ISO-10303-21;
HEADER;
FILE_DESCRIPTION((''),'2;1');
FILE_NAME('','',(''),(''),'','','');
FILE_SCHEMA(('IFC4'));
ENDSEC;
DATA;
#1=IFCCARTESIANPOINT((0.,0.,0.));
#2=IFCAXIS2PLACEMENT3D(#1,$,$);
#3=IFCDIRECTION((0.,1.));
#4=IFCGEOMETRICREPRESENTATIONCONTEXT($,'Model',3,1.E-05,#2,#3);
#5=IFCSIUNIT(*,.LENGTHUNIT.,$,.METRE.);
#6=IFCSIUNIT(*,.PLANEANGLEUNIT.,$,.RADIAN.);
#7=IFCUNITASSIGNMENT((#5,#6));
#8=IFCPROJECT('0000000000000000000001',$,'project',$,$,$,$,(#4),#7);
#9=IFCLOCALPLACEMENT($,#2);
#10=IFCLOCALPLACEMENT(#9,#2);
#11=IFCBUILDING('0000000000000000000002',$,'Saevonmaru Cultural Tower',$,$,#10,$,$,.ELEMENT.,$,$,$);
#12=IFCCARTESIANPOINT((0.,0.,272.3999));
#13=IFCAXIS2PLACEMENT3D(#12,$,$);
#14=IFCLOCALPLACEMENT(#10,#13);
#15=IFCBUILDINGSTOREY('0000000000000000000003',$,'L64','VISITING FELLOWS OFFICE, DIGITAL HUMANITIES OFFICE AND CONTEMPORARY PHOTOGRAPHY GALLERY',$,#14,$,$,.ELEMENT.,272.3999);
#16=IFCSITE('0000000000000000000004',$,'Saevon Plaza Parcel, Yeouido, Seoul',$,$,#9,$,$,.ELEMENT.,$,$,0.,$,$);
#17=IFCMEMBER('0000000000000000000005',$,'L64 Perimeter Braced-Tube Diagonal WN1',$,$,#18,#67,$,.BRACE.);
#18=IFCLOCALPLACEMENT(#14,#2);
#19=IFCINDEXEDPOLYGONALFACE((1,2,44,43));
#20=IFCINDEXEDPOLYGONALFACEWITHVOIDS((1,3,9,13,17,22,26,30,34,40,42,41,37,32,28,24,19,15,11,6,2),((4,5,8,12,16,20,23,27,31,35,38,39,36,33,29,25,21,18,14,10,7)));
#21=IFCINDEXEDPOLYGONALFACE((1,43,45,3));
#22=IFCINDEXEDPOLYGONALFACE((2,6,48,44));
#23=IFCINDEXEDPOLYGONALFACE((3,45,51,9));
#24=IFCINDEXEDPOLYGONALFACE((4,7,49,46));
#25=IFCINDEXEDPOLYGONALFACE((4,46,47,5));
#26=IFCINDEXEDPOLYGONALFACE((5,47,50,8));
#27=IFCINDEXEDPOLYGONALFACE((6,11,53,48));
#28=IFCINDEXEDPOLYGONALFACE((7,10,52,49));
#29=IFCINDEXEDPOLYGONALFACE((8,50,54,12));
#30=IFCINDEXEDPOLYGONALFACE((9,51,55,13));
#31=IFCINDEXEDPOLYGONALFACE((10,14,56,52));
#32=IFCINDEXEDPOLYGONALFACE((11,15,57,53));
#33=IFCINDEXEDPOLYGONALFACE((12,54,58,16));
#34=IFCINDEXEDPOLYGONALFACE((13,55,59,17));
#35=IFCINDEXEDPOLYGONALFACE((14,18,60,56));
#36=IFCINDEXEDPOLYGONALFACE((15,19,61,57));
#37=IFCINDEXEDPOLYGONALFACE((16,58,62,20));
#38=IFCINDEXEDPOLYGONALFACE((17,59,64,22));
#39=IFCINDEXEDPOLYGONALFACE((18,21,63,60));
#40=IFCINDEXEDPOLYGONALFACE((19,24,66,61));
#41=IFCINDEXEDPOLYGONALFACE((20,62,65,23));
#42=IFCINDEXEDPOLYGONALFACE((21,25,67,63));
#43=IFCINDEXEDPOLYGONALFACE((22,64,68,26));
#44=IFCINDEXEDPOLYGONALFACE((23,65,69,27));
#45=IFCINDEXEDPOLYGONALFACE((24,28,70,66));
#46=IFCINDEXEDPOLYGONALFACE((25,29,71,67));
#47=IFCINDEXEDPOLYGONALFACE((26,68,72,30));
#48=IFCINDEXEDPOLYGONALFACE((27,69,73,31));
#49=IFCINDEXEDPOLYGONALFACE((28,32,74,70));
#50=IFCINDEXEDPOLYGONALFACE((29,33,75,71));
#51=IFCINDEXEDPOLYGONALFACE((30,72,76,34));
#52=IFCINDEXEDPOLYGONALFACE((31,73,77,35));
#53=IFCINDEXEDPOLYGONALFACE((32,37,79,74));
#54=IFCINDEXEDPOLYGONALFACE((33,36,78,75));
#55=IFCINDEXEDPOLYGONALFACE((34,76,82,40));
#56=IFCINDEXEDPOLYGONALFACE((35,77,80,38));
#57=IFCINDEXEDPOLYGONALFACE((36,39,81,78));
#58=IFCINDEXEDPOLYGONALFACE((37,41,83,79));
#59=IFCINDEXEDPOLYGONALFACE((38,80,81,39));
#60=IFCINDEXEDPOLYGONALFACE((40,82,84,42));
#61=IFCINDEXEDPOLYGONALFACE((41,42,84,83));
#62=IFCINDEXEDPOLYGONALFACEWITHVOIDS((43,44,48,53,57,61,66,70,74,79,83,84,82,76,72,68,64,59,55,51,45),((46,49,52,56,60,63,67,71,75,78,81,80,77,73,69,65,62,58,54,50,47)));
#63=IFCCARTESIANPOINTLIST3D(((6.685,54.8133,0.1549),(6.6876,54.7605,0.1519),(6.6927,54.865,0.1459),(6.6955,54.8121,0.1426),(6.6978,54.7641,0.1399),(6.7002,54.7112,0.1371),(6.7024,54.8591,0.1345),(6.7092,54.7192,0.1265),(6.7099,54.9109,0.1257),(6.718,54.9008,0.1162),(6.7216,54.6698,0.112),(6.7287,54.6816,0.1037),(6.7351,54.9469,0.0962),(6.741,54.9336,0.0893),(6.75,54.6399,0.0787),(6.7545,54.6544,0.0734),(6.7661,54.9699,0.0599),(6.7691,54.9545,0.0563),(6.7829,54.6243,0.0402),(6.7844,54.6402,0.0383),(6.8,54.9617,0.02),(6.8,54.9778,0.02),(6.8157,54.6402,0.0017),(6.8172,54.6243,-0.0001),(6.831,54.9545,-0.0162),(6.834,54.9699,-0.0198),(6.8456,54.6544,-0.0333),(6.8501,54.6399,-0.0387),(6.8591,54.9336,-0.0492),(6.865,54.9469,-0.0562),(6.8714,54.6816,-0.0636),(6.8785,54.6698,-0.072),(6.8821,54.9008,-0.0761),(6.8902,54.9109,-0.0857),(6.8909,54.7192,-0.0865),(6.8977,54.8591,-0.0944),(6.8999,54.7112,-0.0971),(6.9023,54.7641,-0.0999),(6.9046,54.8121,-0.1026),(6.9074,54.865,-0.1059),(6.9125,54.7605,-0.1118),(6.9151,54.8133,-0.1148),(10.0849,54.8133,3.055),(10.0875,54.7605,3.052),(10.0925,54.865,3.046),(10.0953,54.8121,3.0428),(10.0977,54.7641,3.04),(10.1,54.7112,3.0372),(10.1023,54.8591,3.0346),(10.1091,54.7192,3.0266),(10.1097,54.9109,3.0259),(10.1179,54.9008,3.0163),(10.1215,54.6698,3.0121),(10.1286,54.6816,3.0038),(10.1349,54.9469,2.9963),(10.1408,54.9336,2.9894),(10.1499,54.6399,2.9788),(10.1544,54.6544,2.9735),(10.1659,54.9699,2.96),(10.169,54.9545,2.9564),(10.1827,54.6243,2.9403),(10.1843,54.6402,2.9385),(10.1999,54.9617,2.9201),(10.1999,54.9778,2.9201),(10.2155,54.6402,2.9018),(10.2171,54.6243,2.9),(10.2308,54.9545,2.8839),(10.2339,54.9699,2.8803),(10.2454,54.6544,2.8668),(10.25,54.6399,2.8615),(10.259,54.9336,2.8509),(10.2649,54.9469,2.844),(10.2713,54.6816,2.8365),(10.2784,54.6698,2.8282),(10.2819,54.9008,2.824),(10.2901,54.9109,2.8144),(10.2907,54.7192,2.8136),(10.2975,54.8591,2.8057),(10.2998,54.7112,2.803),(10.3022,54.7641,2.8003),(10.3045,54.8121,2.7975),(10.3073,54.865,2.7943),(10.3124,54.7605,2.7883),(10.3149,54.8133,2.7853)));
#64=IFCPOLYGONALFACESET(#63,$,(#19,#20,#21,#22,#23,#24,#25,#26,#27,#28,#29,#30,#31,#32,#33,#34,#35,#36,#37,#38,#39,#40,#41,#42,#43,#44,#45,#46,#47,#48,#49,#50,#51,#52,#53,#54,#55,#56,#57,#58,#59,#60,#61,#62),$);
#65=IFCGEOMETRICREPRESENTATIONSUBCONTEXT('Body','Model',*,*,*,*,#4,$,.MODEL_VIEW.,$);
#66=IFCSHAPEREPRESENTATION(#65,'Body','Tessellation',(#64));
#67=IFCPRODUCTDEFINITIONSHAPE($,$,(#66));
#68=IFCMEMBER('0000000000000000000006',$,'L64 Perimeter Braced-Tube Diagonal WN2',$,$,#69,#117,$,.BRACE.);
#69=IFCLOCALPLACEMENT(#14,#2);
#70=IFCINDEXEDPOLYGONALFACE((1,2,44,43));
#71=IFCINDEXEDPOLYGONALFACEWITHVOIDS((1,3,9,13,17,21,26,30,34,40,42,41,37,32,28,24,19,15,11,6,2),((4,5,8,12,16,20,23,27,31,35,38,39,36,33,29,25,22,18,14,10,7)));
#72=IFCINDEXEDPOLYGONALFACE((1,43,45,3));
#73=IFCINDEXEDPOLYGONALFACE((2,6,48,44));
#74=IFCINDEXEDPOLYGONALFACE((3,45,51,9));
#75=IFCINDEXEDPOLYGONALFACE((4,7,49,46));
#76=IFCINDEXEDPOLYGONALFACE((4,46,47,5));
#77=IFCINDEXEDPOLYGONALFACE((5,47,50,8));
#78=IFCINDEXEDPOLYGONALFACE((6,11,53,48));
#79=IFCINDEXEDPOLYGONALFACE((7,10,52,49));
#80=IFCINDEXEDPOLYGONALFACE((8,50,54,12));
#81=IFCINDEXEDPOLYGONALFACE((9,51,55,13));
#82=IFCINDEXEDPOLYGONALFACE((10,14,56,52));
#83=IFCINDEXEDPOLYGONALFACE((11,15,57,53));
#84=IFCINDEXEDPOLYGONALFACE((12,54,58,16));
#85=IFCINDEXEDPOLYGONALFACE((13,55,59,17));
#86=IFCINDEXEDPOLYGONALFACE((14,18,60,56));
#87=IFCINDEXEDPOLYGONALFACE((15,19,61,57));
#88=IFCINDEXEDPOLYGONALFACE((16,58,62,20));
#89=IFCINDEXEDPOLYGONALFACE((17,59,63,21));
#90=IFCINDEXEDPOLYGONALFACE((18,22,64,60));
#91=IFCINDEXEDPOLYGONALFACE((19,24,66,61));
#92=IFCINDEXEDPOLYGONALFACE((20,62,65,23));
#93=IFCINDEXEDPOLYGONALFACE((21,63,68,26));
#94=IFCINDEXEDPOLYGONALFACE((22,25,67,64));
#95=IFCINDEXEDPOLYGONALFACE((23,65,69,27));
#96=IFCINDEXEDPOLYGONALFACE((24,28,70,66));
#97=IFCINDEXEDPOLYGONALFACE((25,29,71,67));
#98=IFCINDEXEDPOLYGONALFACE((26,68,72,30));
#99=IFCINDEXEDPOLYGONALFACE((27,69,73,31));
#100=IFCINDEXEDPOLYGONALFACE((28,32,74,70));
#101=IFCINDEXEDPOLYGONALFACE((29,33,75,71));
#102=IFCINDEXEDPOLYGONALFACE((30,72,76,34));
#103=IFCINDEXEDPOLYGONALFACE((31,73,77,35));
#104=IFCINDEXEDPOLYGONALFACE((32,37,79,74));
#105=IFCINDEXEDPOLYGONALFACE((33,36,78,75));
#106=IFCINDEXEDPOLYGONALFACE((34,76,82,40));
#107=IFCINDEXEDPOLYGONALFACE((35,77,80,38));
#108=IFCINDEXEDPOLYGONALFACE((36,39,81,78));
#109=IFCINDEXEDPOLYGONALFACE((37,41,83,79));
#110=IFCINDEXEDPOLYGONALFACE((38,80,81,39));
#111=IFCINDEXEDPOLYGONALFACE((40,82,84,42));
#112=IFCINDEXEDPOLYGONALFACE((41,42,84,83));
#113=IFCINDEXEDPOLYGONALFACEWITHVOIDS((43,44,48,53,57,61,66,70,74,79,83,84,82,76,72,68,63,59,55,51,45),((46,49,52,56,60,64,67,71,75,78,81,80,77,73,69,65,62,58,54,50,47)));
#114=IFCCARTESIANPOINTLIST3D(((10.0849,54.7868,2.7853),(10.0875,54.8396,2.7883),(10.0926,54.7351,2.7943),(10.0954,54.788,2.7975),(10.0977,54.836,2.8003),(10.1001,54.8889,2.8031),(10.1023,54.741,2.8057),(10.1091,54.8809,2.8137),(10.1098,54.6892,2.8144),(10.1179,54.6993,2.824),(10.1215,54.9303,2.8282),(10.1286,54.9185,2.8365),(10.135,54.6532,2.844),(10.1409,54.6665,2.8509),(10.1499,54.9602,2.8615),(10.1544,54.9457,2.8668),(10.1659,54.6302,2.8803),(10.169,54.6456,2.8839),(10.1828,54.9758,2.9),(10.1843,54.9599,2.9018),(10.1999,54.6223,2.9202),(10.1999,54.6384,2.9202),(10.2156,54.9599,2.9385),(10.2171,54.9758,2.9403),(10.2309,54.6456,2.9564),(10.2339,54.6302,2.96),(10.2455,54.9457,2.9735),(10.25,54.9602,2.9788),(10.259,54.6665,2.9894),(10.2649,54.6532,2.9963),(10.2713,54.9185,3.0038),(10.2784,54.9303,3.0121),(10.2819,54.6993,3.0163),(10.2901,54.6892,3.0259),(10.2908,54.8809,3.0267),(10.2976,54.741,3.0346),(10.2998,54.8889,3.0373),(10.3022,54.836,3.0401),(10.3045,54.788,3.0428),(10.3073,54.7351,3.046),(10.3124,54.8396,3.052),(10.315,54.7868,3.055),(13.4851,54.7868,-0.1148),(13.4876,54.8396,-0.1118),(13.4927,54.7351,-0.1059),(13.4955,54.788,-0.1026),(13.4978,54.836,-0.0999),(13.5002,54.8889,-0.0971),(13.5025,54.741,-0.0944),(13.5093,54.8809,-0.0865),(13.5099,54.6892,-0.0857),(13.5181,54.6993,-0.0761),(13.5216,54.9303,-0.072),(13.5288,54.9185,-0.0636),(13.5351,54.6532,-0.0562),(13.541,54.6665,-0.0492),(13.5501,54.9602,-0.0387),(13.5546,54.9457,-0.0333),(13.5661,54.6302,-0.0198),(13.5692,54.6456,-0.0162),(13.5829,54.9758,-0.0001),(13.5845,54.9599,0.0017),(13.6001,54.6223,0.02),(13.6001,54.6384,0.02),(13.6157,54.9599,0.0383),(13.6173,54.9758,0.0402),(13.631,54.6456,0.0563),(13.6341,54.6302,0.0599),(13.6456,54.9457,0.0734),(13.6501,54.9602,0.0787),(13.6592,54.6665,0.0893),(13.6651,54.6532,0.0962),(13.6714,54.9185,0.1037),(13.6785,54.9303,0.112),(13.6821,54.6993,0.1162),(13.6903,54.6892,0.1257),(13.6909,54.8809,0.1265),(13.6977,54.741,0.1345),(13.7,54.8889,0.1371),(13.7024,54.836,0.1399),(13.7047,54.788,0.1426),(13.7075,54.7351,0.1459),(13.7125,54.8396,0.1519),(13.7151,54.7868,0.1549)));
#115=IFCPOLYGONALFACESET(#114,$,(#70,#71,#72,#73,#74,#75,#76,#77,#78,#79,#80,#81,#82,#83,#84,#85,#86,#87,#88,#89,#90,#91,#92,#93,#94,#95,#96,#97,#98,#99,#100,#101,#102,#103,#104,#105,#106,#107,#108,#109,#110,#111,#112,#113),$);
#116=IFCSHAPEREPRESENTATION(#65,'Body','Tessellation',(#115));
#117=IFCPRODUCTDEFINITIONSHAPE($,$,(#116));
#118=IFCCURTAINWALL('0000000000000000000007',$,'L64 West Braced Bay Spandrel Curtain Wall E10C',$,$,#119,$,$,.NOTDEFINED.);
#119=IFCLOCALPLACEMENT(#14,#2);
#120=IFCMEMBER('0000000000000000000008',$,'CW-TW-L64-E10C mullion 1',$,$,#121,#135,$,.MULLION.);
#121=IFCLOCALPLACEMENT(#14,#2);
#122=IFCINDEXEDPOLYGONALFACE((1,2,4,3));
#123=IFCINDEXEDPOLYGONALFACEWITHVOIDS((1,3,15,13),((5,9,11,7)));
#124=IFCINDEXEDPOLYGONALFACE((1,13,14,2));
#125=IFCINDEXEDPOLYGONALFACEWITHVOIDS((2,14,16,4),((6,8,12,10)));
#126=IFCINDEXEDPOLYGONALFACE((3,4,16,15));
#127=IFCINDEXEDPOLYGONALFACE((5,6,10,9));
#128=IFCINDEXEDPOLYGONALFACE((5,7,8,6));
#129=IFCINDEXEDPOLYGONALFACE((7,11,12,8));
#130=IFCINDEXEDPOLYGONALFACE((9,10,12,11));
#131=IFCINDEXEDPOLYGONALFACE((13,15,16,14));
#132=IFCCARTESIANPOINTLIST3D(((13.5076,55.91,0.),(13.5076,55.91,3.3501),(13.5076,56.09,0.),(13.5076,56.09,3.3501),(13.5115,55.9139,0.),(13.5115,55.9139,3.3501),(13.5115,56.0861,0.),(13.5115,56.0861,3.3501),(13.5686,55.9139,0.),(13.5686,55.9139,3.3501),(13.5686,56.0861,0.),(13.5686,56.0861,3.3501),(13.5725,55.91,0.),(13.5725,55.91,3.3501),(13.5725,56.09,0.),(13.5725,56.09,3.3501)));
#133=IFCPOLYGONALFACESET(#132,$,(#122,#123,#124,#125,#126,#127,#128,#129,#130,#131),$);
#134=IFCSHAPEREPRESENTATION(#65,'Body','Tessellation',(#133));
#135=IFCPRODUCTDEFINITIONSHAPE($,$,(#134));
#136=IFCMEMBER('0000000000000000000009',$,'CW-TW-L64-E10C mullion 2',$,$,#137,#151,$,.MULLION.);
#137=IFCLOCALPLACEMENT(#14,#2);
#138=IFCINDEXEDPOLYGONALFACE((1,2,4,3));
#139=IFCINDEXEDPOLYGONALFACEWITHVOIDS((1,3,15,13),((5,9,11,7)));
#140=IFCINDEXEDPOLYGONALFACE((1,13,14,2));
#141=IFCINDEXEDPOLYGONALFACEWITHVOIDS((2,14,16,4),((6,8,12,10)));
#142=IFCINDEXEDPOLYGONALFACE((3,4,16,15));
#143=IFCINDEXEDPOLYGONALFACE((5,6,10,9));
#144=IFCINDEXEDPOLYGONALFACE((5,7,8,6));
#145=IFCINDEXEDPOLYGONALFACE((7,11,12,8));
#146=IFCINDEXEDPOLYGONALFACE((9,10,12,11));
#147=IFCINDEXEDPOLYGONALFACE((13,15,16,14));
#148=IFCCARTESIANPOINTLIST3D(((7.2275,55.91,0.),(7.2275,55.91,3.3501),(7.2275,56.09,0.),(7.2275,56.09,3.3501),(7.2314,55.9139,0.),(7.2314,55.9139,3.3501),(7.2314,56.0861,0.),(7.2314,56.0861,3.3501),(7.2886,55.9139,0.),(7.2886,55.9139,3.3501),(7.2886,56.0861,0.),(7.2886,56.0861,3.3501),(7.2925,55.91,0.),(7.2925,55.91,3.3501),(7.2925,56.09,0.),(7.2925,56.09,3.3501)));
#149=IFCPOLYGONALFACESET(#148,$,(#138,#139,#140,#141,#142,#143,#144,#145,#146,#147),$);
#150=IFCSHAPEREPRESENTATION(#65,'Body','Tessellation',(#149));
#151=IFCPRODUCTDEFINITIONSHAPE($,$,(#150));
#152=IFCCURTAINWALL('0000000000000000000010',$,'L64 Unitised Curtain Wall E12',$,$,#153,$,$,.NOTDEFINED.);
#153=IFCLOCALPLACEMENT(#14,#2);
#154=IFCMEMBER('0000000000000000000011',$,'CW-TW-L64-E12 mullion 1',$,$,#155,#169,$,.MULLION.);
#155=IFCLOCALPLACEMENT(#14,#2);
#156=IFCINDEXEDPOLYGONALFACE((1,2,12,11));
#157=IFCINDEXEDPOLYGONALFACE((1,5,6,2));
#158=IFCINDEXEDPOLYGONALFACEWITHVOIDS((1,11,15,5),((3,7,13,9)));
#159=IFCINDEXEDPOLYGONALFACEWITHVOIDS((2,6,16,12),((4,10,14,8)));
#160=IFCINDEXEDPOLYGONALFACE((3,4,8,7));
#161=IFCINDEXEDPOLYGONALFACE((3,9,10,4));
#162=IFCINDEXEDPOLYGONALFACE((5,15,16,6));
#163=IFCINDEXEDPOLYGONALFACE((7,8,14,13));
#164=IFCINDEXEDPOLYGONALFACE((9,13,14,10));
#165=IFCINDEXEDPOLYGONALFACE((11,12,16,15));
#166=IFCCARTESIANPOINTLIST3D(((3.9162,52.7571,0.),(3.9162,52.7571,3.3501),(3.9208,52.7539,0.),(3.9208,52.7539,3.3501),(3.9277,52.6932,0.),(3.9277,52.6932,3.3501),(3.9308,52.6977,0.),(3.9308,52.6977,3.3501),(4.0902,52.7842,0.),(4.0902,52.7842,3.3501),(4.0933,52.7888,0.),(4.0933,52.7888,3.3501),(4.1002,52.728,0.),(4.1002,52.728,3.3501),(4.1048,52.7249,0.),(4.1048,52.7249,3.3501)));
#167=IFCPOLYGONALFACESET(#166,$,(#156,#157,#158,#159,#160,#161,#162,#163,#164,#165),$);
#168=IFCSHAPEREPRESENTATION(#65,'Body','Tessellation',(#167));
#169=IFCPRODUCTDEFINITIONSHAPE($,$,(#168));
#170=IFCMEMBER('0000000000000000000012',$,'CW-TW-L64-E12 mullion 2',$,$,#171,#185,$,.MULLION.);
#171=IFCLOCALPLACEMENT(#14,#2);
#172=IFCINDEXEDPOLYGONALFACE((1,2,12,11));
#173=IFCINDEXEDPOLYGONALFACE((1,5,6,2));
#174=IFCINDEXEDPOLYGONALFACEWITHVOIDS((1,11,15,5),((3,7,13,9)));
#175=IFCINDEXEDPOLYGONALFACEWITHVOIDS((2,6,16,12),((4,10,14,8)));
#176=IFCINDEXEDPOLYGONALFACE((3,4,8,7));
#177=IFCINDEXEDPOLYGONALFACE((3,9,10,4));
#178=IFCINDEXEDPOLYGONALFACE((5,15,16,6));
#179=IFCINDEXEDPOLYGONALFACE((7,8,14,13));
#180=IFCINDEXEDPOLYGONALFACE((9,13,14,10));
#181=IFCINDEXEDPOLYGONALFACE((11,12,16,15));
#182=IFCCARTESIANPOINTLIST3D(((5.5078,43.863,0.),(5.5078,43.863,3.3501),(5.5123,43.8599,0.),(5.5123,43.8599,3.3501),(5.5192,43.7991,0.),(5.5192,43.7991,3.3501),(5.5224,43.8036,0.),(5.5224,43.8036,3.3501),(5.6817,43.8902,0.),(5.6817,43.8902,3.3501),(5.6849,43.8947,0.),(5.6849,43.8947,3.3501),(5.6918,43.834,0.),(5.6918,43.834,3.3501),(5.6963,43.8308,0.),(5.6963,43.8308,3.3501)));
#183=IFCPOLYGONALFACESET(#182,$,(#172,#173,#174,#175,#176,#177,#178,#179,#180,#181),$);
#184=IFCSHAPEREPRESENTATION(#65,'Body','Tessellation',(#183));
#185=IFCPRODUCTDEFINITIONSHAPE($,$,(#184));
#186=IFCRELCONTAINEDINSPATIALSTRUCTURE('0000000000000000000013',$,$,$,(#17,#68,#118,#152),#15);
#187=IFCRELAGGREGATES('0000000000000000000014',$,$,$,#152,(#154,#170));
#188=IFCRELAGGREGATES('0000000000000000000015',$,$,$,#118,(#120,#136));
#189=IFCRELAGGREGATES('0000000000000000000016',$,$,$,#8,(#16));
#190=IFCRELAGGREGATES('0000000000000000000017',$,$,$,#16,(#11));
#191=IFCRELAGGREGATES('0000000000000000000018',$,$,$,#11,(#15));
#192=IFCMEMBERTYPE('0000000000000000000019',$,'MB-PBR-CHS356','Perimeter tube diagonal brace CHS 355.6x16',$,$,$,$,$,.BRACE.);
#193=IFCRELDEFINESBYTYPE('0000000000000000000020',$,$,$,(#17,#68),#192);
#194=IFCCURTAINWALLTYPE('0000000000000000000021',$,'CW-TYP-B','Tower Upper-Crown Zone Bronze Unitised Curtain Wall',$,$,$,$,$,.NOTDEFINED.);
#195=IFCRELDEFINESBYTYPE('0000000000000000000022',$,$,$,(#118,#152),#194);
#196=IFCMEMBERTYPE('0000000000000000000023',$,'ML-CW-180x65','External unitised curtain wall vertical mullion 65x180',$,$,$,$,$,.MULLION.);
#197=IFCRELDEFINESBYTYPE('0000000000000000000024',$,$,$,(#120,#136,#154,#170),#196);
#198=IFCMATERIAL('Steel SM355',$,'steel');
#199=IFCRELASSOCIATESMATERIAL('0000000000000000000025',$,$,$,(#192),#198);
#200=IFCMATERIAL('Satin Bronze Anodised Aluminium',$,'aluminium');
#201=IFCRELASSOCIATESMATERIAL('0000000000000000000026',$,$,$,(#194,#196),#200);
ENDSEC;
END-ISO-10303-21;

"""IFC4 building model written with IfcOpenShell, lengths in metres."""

from ifc_helpers import new_model, si_unit, direction, frame, origin, origin_2d, place, context, subcontext, project, spatial, hollow_rectangle, hollow_circle, extrude, material, material_profile, profile_set, type_object, element, aggregate, save


model = new_model("IFC4")

# Units and contexts
model_context = context("Model", 3, precision=1e-05, world=origin(), true_north=direction((0.0, 1.0)))
body_context = subcontext(model_context, "Body", "Model", "MODEL_VIEW")
ifc_project = project(units=[si_unit("LENGTHUNIT", "METRE"), si_unit("PLANEANGLEUNIT", "RADIAN")], contexts=[model_context])

# Site, building, storey
site_placement = place(None, origin())
site = spatial("IfcSite", under=ifc_project, at=site_placement, Name="Saevon Plaza Parcel, Yeouido, Seoul", CompositionType="ELEMENT", RefElevation=0.0)
building_placement = place(site_placement, origin())
building = spatial("IfcBuilding", under=site, at=building_placement, Name="Saevonmaru Cultural Tower", CompositionType="ELEMENT")
storey_placement = place(building_placement, frame((0.0, 0.0, 272.3999)))
storey = spatial("IfcBuildingStorey", under=building, at=storey_placement, Name="L64", Description="VISITING FELLOWS OFFICE, DIGITAL HUMANITIES OFFICE AND CONTEMPORARY PHOTOGRAPHY GALLERY", CompositionType="ELEMENT", Elevation=272.3999)

# Shared definitions
ifc_material_1 = material(Name="Steel SM355", Category="steel")

# Members
ifc_material_profile_1 = material_profile(ifc_material_1, hollow_circle(Radius=0.1777, WallThickness=0.0161, at=origin_2d()), Name="CHS-355.6x16")
ifc_profile_set_1 = profile_set([ifc_material_profile_1], Name="Steel SM355")
member_type_1 = type_object("IfcMemberType", Name="MB-PBR-CHS356", Description="Perimeter tube diagonal brace CHS 355.6x16", PredefinedType="BRACE", material=ifc_profile_set_1)
member_1_placement = place(storey_placement, frame((6.8, 54.8, 0.02), z_axis=(0.760809, 0.0, 0.648976), x_axis=(0.0, 1.0, 0.0)))
element("IfcMember", 1, at=member_1_placement, inside=storey, type_object=member_type_1, Name="L64 Perimeter Braced-Tube Diagonal WN1", PredefinedType="BRACE", context=body_context, shape_type="SweptSolid", body=[
    extrude(hollow_circle(Radius=0.1777, WallThickness=0.0161, at=origin_2d()), origin(), (0.0, 0.0, 1.0), 4.4688),
])
member_2_placement = place(storey_placement, frame((13.6001, 54.8, 0.02), z_axis=(-0.760832, 0.0, 0.648949), x_axis=(0.0, -1.0, 0.0)))
element("IfcMember", 2, at=member_2_placement, inside=storey, type_object=member_type_1, Name="L64 Perimeter Braced-Tube Diagonal WN2", PredefinedType="BRACE", context=body_context, shape_type="SweptSolid", body=[
    extrude(hollow_circle(Radius=0.1777, WallThickness=0.0161, at=origin_2d()), origin(), (0.0, 0.0, 1.0), 4.469),
])

# Curtain walls, members
ifc_material_2 = material(Name="Satin Bronze Anodised Aluminium", Category="aluminium")
curtain_wall_type = type_object("IfcCurtainWallType", Name="CW-TYP-B", Description="Tower Upper-Crown Zone Bronze Unitised Curtain Wall", PredefinedType="NOTDEFINED", material=ifc_material_2)
curtain_wall_1_placement = place(storey_placement, origin())
curtain_wall_1 = element("IfcCurtainWall", 3, at=curtain_wall_1_placement, inside=storey, type_object=curtain_wall_type, Name="L64 West Braced Bay Spandrel Curtain Wall E10C", PredefinedType="NOTDEFINED")
ifc_material_profile_2 = material_profile(ifc_material_2, hollow_rectangle(XDim=0.0649, YDim=0.1799, WallThickness=0.0039, at=origin_2d()), Name="ALU-MULL-180x65x4")
ifc_profile_set_2 = profile_set([ifc_material_profile_2], Name="Satin Bronze Anodised Aluminium")
member_type_2 = type_object("IfcMemberType", Name="ML-CW-180x65", Description="External unitised curtain wall vertical mullion 65x180", PredefinedType="MULLION", material=ifc_profile_set_2)
member_3_placement = place(storey_placement, frame((13.54, 56.0, 0.0), z_axis=(0.0, 0.0, 1.0), x_axis=(-1.0, 0.0, 0.0)))
member_3 = element("IfcMember", 4, at=member_3_placement, type_object=member_type_2, Name="CW-TW-L64-E10C mullion 1", PredefinedType="MULLION", context=body_context, shape_type="SweptSolid", body=[
    extrude(hollow_rectangle(XDim=0.0649, YDim=0.1799, WallThickness=0.0039, at=origin_2d()), origin(), (0.0, 0.0, 1.0), 3.3501),
])
member_4_placement = place(storey_placement, frame((7.26, 56.0, 0.0), z_axis=(0.0, 0.0, 1.0), x_axis=(-1.0, 0.0, 0.0)))
member_4 = element("IfcMember", 5, at=member_4_placement, type_object=member_type_2, Name="CW-TW-L64-E10C mullion 2", PredefinedType="MULLION", context=body_context, shape_type="SweptSolid", body=[
    extrude(hollow_rectangle(XDim=0.0649, YDim=0.1799, WallThickness=0.0039, at=origin_2d()), origin(), (0.0, 0.0, 1.0), 3.3501),
])
curtain_wall_2_placement = place(storey_placement, origin())
curtain_wall_2 = element("IfcCurtainWall", 6, at=curtain_wall_2_placement, inside=storey, type_object=curtain_wall_type, Name="L64 Unitised Curtain Wall E12", PredefinedType="NOTDEFINED")
member_5_placement = place(storey_placement, frame((4.0105, 52.741, 0.0), z_axis=(0.0, 0.0, 1.0), x_axis=(0.176141, -0.984365, 0.0)))
member_5 = element("IfcMember", 7, at=member_5_placement, type_object=member_type_2, Name="CW-TW-L64-E12 mullion 1", PredefinedType="MULLION", context=body_context, shape_type="SweptSolid", body=[
    extrude(hollow_rectangle(XDim=0.0649, YDim=0.1799, WallThickness=0.0039, at=origin_2d()), origin(), (0.0, 0.0, 1.0), 3.3501),
])
member_6_placement = place(storey_placement, frame((5.6021, 43.8469, 0.0), z_axis=(0.0, 0.0, 1.0), x_axis=(0.176141, -0.984365, 0.0)))
member_6 = element("IfcMember", 8, at=member_6_placement, type_object=member_type_2, Name="CW-TW-L64-E12 mullion 2", PredefinedType="MULLION", context=body_context, shape_type="SweptSolid", body=[
    extrude(hollow_rectangle(XDim=0.0649, YDim=0.1799, WallThickness=0.0039, at=origin_2d()), origin(), (0.0, 0.0, 1.0), 3.3501),
])

aggregate(curtain_wall_2, [member_5, member_6])
aggregate(curtain_wall_1, [member_3, member_4])

save(model, "model.ifc")
